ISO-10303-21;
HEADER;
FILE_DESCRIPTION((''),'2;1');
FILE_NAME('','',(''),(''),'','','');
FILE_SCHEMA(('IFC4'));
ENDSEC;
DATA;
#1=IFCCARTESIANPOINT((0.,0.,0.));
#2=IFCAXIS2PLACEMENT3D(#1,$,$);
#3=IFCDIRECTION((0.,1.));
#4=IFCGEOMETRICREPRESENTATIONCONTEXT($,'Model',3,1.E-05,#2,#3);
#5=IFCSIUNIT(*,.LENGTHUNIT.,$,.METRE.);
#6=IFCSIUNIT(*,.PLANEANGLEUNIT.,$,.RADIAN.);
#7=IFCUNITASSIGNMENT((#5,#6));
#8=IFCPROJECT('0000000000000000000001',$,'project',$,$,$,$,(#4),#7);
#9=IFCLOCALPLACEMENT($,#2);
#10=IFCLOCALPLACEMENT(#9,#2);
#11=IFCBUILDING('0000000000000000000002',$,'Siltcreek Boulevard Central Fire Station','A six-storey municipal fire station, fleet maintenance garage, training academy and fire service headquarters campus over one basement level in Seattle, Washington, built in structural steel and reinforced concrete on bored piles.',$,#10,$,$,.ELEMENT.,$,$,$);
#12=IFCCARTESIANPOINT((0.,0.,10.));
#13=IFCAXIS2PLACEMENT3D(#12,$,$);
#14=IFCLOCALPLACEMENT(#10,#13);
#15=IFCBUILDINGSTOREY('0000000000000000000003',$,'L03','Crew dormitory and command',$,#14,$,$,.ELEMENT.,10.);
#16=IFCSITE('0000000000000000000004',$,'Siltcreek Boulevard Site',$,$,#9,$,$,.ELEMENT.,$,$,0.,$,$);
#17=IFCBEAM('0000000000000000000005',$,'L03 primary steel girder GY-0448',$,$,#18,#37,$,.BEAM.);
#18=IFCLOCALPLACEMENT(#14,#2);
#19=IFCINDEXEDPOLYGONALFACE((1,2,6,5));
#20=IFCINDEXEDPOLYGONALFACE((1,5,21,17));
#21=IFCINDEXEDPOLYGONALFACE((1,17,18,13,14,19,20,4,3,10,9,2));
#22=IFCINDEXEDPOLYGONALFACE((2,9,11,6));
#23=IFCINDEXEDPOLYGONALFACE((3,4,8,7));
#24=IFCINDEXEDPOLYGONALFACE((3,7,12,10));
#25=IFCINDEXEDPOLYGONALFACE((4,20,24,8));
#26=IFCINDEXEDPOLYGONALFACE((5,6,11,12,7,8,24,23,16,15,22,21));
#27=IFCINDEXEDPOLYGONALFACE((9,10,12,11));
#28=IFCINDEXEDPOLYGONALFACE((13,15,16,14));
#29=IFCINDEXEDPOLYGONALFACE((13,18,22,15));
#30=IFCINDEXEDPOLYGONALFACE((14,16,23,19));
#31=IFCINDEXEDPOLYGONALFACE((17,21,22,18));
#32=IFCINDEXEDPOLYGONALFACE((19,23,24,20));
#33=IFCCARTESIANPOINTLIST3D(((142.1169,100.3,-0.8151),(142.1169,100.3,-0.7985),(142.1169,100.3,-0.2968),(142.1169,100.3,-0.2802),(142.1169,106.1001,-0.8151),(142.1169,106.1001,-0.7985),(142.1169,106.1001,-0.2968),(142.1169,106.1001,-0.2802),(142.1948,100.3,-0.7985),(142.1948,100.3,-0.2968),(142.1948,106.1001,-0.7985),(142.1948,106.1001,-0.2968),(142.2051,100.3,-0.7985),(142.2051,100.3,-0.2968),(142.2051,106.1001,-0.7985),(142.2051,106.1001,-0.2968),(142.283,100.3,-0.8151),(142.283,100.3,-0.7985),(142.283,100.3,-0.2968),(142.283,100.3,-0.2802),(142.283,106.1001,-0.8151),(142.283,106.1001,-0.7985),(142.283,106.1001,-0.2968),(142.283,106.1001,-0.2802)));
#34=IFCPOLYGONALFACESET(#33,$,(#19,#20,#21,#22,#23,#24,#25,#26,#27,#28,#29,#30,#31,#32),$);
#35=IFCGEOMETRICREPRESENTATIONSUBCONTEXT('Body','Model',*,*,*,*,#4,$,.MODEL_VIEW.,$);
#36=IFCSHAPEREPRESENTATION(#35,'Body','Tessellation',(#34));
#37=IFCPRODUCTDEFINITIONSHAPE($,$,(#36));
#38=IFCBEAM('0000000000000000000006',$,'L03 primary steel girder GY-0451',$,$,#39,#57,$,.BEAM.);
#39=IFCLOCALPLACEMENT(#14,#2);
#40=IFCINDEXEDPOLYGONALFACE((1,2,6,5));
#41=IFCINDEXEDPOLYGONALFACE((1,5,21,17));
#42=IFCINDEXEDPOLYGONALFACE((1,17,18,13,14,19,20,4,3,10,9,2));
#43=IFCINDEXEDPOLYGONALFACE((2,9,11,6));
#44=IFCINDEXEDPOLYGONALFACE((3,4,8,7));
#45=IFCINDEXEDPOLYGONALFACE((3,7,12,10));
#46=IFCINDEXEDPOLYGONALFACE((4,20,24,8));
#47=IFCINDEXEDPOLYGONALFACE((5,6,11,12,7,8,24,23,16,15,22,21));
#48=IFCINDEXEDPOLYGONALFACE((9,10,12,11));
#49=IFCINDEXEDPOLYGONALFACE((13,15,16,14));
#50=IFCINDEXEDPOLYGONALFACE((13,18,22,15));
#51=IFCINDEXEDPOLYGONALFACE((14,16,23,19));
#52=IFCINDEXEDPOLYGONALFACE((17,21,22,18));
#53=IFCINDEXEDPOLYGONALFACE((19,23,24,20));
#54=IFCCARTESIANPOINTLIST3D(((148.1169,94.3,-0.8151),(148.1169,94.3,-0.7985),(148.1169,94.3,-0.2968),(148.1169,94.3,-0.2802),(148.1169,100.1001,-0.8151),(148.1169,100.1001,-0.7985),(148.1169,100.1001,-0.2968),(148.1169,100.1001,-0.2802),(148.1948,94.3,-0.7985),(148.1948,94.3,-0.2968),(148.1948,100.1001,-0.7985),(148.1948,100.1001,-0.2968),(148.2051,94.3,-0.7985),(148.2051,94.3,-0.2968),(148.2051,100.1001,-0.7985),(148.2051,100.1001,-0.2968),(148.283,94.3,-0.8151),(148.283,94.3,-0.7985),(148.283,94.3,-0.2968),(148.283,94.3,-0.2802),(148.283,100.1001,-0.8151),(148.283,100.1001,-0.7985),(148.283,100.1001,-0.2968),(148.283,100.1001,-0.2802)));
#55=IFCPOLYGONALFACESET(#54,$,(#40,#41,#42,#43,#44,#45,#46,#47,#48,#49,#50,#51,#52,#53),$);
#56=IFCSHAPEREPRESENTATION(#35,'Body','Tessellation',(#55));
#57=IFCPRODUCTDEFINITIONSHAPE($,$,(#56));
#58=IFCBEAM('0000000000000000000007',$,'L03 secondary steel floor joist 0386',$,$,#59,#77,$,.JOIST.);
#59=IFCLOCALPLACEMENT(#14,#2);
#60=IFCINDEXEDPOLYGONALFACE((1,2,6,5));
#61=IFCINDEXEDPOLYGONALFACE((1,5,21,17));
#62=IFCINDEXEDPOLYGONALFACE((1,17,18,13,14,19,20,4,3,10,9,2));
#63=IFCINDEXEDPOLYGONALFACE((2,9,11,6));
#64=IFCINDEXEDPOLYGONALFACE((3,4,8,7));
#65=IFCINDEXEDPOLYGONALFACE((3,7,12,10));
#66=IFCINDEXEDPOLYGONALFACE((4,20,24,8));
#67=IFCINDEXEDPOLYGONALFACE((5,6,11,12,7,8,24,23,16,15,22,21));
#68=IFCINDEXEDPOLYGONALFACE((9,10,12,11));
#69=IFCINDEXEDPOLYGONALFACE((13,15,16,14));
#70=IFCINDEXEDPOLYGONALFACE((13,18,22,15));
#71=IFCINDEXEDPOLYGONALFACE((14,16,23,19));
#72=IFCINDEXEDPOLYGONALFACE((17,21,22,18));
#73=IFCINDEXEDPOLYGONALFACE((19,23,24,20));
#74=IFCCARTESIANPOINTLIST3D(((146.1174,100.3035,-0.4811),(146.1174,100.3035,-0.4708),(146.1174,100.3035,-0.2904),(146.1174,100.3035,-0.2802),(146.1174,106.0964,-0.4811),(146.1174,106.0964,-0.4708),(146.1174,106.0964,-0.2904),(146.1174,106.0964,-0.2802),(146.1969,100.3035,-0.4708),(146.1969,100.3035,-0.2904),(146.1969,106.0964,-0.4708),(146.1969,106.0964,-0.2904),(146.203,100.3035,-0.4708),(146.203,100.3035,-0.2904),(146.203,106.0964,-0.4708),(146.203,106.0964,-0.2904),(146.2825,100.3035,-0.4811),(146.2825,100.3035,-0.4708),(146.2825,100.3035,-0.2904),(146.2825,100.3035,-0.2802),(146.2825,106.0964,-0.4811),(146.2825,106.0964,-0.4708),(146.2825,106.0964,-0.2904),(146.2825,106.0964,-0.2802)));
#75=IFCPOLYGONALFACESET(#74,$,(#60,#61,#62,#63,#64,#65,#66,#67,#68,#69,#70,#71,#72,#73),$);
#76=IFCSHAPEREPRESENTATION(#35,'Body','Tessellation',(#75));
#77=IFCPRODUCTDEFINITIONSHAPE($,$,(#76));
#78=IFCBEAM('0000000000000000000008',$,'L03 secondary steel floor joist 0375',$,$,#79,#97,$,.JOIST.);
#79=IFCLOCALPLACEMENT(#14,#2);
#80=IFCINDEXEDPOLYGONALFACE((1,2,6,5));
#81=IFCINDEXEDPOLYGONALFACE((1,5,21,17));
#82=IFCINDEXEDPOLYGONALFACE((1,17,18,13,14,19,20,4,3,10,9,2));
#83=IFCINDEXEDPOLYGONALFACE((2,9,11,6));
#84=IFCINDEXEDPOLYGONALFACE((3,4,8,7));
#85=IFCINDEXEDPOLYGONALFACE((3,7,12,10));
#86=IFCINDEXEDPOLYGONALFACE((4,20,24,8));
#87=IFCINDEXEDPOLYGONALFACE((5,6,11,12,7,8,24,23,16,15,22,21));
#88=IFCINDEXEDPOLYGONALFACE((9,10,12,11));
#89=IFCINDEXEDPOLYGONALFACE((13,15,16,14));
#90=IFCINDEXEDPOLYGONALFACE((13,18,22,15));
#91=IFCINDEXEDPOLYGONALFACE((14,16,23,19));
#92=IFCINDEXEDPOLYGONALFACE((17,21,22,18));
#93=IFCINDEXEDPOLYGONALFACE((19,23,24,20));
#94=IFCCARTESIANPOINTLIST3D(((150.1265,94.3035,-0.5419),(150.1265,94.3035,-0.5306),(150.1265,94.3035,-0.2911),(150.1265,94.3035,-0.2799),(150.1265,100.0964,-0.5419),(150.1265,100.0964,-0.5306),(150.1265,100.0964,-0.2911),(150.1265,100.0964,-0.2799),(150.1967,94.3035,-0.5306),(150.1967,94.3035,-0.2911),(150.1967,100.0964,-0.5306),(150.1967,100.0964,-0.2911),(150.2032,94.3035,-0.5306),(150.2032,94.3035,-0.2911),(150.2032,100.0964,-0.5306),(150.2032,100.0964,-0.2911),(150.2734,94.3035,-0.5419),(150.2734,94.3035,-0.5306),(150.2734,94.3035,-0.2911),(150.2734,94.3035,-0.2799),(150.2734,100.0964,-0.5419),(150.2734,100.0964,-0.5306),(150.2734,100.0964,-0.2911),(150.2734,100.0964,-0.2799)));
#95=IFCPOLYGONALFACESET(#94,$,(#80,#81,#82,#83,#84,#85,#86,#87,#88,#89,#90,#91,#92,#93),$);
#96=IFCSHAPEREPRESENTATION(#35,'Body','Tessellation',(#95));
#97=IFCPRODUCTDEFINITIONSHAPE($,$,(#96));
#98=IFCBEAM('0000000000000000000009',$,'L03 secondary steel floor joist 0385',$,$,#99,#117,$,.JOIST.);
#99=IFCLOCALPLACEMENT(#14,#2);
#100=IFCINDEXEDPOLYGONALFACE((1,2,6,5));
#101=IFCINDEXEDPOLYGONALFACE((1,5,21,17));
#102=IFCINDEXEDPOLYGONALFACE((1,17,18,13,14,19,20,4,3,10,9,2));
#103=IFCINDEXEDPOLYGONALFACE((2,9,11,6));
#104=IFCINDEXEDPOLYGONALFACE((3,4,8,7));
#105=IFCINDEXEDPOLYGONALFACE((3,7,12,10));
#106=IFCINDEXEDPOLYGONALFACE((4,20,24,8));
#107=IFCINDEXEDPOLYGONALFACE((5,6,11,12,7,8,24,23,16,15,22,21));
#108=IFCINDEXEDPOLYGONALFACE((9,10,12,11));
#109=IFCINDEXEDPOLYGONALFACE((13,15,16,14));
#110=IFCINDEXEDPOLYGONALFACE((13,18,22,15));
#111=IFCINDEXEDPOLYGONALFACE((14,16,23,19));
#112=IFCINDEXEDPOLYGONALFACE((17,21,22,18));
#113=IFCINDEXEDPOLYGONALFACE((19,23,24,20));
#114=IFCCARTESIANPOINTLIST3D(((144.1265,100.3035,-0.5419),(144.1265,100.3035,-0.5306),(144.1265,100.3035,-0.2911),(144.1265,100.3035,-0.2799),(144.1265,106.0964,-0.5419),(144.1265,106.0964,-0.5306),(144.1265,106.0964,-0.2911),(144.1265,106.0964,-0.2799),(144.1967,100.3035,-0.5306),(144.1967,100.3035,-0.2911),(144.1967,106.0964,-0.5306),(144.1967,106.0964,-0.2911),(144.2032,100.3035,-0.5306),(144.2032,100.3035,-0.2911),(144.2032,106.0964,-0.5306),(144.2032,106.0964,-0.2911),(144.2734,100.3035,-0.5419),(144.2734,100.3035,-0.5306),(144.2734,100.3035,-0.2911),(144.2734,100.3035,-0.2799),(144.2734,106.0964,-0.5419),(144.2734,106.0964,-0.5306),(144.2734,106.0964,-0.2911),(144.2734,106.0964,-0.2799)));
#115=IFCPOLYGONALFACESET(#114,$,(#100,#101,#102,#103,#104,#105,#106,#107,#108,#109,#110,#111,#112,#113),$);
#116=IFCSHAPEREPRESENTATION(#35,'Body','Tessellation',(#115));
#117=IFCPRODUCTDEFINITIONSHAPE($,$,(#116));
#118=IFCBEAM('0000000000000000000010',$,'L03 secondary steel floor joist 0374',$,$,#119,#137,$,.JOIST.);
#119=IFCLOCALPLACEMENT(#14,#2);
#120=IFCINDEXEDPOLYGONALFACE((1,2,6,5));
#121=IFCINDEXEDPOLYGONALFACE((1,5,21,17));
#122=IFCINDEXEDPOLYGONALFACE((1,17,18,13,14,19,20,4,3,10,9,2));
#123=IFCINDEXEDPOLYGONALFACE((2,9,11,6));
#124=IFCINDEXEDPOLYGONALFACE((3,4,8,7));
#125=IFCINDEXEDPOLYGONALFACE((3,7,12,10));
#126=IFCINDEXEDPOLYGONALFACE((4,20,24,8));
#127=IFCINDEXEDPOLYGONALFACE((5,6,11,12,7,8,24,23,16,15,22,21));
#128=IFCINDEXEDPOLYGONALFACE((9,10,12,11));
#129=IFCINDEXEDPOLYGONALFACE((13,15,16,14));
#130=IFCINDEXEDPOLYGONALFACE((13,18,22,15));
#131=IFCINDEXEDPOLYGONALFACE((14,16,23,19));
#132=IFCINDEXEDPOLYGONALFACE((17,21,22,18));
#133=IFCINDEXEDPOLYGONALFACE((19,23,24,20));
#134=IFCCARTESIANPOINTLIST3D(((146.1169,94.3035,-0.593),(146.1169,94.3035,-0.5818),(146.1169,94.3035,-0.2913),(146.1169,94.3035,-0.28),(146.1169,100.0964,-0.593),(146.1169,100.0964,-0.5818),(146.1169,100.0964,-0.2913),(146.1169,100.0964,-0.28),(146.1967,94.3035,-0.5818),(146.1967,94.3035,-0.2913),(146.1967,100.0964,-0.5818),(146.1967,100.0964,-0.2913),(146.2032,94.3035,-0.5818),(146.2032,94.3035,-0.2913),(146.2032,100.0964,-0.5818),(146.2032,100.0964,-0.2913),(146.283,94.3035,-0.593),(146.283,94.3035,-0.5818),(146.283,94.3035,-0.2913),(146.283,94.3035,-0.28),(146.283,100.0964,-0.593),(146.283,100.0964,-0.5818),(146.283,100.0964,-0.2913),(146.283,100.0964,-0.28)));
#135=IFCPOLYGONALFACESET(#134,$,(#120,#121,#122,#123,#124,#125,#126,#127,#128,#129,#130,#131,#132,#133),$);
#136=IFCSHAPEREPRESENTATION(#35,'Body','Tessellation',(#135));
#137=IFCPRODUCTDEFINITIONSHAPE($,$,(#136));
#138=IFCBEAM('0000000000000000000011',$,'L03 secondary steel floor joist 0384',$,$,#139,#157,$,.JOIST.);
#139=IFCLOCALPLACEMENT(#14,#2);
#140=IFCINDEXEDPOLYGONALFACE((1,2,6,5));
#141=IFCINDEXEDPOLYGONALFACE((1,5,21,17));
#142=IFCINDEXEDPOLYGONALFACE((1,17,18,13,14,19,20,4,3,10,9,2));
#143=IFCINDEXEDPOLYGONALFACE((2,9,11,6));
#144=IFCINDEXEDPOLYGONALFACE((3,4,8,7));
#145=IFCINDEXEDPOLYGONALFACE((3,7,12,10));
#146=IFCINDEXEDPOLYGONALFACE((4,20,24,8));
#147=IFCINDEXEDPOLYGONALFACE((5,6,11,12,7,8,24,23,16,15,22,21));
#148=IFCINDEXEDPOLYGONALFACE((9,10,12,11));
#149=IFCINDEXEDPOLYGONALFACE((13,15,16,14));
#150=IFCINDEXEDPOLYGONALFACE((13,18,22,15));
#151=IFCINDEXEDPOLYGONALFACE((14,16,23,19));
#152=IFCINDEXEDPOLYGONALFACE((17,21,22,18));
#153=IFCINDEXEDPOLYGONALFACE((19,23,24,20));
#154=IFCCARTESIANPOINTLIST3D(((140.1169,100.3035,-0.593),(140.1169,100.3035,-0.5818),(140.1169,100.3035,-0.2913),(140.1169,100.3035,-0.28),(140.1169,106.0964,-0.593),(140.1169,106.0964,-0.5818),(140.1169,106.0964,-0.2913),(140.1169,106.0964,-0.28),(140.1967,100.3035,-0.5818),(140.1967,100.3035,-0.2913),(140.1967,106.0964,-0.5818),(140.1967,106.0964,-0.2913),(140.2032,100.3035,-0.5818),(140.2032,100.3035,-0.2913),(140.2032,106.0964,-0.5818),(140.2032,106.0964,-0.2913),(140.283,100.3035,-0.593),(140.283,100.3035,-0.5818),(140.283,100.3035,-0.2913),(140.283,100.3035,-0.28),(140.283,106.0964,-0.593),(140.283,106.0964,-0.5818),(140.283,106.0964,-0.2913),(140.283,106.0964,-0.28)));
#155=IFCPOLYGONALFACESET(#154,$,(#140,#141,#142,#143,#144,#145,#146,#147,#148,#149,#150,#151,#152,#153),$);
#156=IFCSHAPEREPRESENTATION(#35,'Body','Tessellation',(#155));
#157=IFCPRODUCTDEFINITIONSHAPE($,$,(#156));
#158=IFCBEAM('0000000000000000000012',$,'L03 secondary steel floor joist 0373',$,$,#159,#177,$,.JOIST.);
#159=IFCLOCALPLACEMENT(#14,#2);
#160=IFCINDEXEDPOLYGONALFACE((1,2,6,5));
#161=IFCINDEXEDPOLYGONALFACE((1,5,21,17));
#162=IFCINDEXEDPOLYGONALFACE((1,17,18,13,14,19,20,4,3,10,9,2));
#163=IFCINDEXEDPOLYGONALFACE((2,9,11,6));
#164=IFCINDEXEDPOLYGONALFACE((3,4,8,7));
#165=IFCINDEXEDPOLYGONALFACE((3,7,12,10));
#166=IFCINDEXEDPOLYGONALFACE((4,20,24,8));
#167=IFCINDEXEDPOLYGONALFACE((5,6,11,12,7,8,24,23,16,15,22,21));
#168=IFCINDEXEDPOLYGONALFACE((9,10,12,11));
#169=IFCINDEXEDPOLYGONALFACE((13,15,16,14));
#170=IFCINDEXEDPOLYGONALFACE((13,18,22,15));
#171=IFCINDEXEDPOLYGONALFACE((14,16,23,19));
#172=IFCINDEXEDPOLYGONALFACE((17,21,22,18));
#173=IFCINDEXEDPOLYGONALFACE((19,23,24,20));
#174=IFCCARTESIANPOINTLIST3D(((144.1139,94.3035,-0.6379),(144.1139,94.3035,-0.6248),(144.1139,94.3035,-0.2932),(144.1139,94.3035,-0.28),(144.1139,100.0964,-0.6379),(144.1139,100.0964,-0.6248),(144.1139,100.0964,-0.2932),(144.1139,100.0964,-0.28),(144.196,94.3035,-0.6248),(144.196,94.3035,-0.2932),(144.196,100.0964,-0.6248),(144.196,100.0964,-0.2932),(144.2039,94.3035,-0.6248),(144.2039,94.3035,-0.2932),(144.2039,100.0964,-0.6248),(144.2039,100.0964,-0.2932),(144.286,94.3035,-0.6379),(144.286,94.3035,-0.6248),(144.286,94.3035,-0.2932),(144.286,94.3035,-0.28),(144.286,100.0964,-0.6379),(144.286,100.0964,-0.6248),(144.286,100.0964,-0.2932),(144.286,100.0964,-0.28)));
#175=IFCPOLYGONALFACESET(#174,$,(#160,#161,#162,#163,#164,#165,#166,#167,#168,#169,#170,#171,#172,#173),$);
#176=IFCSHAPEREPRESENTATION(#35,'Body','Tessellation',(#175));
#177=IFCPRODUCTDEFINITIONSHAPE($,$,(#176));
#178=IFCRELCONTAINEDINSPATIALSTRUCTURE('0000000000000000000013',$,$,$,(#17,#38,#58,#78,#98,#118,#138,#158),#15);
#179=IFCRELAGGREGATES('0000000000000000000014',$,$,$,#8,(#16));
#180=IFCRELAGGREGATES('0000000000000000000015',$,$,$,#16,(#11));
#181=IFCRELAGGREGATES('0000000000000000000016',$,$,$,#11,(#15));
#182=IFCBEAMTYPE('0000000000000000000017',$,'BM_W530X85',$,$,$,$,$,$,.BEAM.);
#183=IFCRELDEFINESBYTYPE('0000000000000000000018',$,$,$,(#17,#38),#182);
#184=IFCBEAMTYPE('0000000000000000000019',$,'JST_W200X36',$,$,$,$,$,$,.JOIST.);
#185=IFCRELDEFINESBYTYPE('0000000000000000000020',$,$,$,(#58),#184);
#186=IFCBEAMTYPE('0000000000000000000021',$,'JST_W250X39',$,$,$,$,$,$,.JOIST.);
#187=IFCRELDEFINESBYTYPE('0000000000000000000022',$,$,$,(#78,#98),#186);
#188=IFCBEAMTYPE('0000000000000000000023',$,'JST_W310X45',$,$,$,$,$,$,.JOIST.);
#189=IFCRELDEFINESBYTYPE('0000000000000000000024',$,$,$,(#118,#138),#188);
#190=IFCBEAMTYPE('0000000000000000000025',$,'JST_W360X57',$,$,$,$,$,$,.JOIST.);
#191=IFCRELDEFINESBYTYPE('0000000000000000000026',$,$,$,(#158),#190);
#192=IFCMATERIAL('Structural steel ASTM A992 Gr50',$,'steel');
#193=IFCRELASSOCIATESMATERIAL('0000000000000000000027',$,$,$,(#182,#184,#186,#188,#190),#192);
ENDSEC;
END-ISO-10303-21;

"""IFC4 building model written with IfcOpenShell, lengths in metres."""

from ifc_helpers import new_model, si_unit, direction, frame, origin, origin_2d, place, context, subcontext, project, spatial, i_section, extrude, material, material_profile, profile_set, type_object, element, save


model = new_model("IFC4")

# Units and contexts
model_context = context("Model", 3, precision=1e-05, world=origin(), true_north=direction((0.0, 1.0)))
body_context = subcontext(model_context, "Body", "Model", "MODEL_VIEW")
ifc_project = project(units=[si_unit("LENGTHUNIT", "METRE"), si_unit("PLANEANGLEUNIT", "RADIAN")], contexts=[model_context])

# Site, building, storey
site_placement = place(None, origin())
site = spatial("IfcSite", under=ifc_project, at=site_placement, Name="Siltcreek Boulevard Site", CompositionType="ELEMENT", RefElevation=0.0)
building_placement = place(site_placement, origin())
building = spatial("IfcBuilding", under=site, at=building_placement, Name="Siltcreek Boulevard Central Fire Station", Description="A six-storey municipal fire station, fleet maintenance garage, training academy and fire service headquarters campus over one basement level in Seattle, Washington, built in structural steel and reinforced concrete on bored piles.", CompositionType="ELEMENT")
storey_placement = place(building_placement, frame((0.0, 0.0, 10.0)))
storey = spatial("IfcBuildingStorey", under=building, at=storey_placement, Name="L03", Description="Crew dormitory and command", CompositionType="ELEMENT", Elevation=10.0)

# Shared definitions
ifc_material_1 = material(Name="Structural steel ASTM A992 Gr50", Category="steel")

# Beams
ifc_material_profile_1 = material_profile(ifc_material_1, i_section(OverallWidth=0.166, OverallDepth=0.5349, WebThickness=0.0103, FlangeThickness=0.0166, at=origin_2d()), Name="W530X85")
ifc_profile_set_1 = profile_set([ifc_material_profile_1], Name="Structural steel ASTM A992 Gr50")
beam_type_1 = type_object("IfcBeamType", Name="BM_W530X85", PredefinedType="BEAM", material=ifc_profile_set_1)
for number, where, z_axis, x_axis, name in (
    (1, (142.2, 100.3, -0.5476), (0.0, 1.0, 0.0), (-1.0, 0.0, 0.0), "L03 primary steel girder GY-0448"),
    (2, (148.2, 94.3, -0.5476), (0.0, 1.0, 0.0), (-1.0, 0.0, 0.0), "L03 primary steel girder GY-0451"),
):
    element("IfcBeam", number, at=place(storey_placement, frame(where, z_axis=z_axis, x_axis=x_axis)), inside=storey, type_object=beam_type_1, Name=name, PredefinedType="BEAM", context=body_context, shape_type="SweptSolid", body=[
        extrude(i_section(OverallWidth=0.166, OverallDepth=0.5349, WebThickness=0.0103, FlangeThickness=0.0166, at=origin_2d()), origin(), (0.0, 0.0, 1.0), 5.8),
    ])
ifc_material_profile_2 = material_profile(ifc_material_1, i_section(OverallWidth=0.165, OverallDepth=0.2009, WebThickness=0.0061, FlangeThickness=0.0103, at=origin_2d()), Name="W200X36")
ifc_profile_set_2 = profile_set([ifc_material_profile_2], Name="Structural steel ASTM A992 Gr50")
beam_type_2 = type_object("IfcBeamType", Name="JST_W200X36", PredefinedType="JOIST", material=ifc_profile_set_2)
beam_1_placement = place(storey_placement, frame((146.2, 100.3035, -0.3806), z_axis=(0.0, 1.0, 0.0), x_axis=(-1.0, 0.0, 0.0)))
element("IfcBeam", 3, at=beam_1_placement, inside=storey, type_object=beam_type_2, Name="L03 secondary steel floor joist 0386", PredefinedType="JOIST", context=body_context, shape_type="SweptSolid", body=[
    extrude(i_section(OverallWidth=0.165, OverallDepth=0.2009, WebThickness=0.0061, FlangeThickness=0.0103, at=origin_2d()), origin(), (0.0, 0.0, 1.0), 5.793),
])
ifc_material_profile_3 = material_profile(ifc_material_1, i_section(OverallWidth=0.147, OverallDepth=0.262, WebThickness=0.0066, FlangeThickness=0.0112, at=origin_2d()), Name="W250X39")
ifc_profile_set_3 = profile_set([ifc_material_profile_3], Name="Structural steel ASTM A992 Gr50")
beam_type_3 = type_object("IfcBeamType", Name="JST_W250X39", PredefinedType="JOIST", material=ifc_profile_set_3)
for number, where, z_axis, x_axis, name in (
    (4, (150.2, 94.3035, -0.4109), (0.0, 1.0, 0.0), (-1.0, 0.0, 0.0), "L03 secondary steel floor joist 0375"),
    (5, (144.2, 100.3035, -0.4109), (0.0, 1.0, 0.0), (-1.0, 0.0, 0.0), "L03 secondary steel floor joist 0385"),
):
    element("IfcBeam", number, at=place(storey_placement, frame(where, z_axis=z_axis, x_axis=x_axis)), inside=storey, type_object=beam_type_3, Name=name, PredefinedType="JOIST", context=body_context, shape_type="SweptSolid", body=[
        extrude(i_section(OverallWidth=0.147, OverallDepth=0.262, WebThickness=0.0066, FlangeThickness=0.0112, at=origin_2d()), origin(), (0.0, 0.0, 1.0), 5.793),
    ])
ifc_material_profile_4 = material_profile(ifc_material_1, i_section(OverallWidth=0.166, OverallDepth=0.313, WebThickness=0.0066, FlangeThickness=0.0112, at=origin_2d()), Name="W310X45")
ifc_profile_set_4 = profile_set([ifc_material_profile_4], Name="Structural steel ASTM A992 Gr50")
beam_type_4 = type_object("IfcBeamType", Name="JST_W310X45", PredefinedType="JOIST", material=ifc_profile_set_4)
for number, where, z_axis, x_axis, name in (
    (6, (146.2, 94.3035, -0.4365), (0.0, 1.0, 0.0), (-1.0, 0.0, 0.0), "L03 secondary steel floor joist 0374"),
    (7, (140.2, 100.3035, -0.4365), (0.0, 1.0, 0.0), (-1.0, 0.0, 0.0), "L03 secondary steel floor joist 0384"),
):
    element("IfcBeam", number, at=place(storey_placement, frame(where, z_axis=z_axis, x_axis=x_axis)), inside=storey, type_object=beam_type_4, Name=name, PredefinedType="JOIST", context=body_context, shape_type="SweptSolid", body=[
        extrude(i_section(OverallWidth=0.166, OverallDepth=0.313, WebThickness=0.0066, FlangeThickness=0.0112, at=origin_2d()), origin(), (0.0, 0.0, 1.0), 5.793),
    ])
ifc_material_profile_5 = material_profile(ifc_material_1, i_section(OverallWidth=0.1721, OverallDepth=0.3579, WebThickness=0.0078, FlangeThickness=0.0132, at=origin_2d()), Name="W360X57")
ifc_profile_set_5 = profile_set([ifc_material_profile_5], Name="Structural steel ASTM A992 Gr50")
beam_type_5 = type_object("IfcBeamType", Name="JST_W360X57", PredefinedType="JOIST", material=ifc_profile_set_5)
beam_2_placement = place(storey_placement, frame((144.2, 94.3035, -0.459), z_axis=(0.0, 1.0, 0.0), x_axis=(-1.0, 0.0, 0.0)))
element("IfcBeam", 8, at=beam_2_placement, inside=storey, type_object=beam_type_5, Name="L03 secondary steel floor joist 0373", PredefinedType="JOIST", context=body_context, shape_type="SweptSolid", body=[
    extrude(i_section(OverallWidth=0.1721, OverallDepth=0.3579, WebThickness=0.0078, FlangeThickness=0.0132, at=origin_2d()), origin(), (0.0, 0.0, 1.0), 5.793),
])

save(model, "model.ifc")
